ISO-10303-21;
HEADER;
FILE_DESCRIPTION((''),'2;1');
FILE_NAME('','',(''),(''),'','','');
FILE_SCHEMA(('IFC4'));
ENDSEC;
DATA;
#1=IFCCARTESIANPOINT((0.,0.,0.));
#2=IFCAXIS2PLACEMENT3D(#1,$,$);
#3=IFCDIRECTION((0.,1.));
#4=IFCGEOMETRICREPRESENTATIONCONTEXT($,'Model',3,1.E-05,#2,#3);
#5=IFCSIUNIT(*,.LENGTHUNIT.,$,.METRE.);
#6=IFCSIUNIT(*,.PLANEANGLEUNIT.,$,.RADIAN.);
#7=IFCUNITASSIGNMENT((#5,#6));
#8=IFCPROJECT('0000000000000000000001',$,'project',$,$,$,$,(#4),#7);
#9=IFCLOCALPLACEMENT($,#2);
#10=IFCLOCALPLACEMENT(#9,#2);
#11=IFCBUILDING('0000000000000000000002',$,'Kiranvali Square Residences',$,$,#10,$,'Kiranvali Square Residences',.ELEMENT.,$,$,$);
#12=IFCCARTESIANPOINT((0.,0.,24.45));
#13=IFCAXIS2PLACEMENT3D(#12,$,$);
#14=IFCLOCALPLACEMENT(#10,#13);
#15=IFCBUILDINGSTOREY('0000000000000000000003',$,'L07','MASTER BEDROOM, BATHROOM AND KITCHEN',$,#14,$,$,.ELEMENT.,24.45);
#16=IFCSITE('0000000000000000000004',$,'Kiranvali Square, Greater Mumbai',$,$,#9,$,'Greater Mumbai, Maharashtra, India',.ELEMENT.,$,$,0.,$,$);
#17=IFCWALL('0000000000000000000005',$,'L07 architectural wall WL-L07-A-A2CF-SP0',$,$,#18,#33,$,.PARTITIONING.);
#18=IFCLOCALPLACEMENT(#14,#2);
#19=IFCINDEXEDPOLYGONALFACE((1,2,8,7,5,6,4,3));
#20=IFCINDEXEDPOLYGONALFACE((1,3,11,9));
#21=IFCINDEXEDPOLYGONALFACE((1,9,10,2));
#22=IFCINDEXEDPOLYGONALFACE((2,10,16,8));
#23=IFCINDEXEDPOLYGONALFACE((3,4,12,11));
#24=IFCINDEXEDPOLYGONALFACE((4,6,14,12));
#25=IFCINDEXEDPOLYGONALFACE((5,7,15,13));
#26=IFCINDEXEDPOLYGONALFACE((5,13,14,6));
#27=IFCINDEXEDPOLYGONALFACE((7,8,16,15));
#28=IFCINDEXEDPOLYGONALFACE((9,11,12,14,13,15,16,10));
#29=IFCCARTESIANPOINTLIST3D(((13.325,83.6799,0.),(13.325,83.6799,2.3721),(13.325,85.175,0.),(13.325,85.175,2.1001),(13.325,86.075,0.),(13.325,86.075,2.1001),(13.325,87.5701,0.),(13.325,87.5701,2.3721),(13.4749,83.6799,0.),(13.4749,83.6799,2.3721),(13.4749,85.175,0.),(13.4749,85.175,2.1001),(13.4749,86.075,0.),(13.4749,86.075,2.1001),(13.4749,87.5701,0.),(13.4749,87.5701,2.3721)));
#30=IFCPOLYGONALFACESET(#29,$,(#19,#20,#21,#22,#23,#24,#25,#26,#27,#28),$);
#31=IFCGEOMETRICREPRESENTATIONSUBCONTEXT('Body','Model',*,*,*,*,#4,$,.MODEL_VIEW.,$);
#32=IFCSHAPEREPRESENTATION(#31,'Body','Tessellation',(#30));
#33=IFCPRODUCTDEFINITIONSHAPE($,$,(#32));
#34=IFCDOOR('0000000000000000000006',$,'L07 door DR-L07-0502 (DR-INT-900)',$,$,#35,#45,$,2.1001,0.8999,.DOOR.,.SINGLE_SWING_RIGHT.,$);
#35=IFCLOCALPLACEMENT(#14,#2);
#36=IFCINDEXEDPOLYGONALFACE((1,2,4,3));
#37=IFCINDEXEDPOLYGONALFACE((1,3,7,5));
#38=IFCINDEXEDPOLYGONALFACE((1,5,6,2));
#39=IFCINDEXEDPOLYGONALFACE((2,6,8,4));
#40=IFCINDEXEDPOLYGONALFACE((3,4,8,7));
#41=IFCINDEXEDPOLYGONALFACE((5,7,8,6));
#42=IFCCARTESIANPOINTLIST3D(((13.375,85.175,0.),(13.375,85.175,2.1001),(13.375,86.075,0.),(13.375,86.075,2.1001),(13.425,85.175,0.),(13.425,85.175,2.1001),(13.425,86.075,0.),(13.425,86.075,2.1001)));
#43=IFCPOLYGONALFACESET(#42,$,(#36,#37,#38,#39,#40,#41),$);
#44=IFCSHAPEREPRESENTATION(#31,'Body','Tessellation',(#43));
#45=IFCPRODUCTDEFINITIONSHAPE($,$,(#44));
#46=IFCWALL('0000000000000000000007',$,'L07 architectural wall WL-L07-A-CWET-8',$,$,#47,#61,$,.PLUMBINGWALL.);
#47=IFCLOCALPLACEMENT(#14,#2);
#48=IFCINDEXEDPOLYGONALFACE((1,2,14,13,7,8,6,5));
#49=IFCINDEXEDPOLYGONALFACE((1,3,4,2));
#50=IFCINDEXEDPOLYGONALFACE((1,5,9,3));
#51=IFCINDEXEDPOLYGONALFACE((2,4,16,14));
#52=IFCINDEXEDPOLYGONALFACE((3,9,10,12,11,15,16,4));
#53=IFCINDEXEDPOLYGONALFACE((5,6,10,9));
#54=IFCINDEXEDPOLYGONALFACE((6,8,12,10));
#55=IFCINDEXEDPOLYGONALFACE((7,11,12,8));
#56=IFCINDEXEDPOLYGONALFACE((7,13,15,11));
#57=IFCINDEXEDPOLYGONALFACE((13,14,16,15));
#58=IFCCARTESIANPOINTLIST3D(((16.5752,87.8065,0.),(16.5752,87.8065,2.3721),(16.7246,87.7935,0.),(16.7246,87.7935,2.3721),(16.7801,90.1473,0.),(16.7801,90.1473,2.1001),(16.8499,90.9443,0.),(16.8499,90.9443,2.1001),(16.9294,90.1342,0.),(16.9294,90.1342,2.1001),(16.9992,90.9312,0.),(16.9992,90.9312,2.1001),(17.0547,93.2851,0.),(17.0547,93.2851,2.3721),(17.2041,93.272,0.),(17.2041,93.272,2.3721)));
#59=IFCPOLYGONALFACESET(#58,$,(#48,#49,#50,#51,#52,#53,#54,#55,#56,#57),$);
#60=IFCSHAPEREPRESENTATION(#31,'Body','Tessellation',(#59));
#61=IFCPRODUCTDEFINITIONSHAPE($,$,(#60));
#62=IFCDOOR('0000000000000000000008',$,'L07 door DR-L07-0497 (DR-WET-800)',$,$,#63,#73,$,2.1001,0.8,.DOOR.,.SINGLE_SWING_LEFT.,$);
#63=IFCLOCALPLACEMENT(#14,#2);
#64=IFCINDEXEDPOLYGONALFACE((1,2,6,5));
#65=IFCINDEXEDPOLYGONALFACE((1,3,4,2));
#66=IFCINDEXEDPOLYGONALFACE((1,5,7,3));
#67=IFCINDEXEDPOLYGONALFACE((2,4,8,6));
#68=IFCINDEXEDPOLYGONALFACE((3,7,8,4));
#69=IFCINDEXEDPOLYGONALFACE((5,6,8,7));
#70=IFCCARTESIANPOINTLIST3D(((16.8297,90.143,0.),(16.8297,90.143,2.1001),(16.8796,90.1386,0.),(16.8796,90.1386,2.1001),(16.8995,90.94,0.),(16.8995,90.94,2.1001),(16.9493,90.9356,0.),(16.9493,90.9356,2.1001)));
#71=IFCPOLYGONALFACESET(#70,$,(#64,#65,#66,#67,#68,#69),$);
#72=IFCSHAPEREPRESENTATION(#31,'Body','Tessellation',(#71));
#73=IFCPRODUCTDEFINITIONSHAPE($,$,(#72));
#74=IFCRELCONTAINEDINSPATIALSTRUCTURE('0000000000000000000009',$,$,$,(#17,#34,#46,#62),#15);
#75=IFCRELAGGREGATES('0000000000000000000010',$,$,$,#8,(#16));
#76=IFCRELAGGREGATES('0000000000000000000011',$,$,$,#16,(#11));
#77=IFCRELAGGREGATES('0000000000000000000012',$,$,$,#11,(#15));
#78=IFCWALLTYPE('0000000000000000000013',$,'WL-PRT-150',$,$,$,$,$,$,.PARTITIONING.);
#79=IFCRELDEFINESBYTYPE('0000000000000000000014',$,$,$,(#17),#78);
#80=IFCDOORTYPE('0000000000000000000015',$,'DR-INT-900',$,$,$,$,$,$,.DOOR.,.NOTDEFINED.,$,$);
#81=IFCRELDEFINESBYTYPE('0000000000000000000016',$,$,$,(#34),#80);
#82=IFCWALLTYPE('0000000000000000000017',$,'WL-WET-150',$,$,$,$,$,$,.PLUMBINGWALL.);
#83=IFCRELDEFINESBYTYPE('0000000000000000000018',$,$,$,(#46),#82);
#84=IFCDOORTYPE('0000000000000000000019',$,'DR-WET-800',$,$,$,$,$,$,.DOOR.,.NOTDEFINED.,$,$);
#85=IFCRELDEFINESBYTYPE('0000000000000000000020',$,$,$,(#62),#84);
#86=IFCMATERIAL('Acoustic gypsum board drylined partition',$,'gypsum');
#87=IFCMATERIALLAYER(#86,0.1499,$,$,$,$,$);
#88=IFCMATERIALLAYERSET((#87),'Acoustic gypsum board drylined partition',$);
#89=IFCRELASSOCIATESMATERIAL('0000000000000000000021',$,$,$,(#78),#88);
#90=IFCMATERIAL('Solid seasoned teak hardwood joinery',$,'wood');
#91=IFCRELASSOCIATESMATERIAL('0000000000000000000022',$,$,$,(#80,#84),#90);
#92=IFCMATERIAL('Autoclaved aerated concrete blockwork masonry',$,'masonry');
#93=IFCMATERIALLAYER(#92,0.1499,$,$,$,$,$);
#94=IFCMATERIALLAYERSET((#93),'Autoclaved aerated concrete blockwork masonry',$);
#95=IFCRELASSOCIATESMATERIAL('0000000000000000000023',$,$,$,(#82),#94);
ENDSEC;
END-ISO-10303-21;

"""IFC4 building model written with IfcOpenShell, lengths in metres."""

from ifc_helpers import new_model, si_unit, direction, frame, frame_2d, origin, place, context, subcontext, project, spatial, rectangle, extrude, material, layer, layer_set, type_object, element, fill, save


model = new_model("IFC4")

# Units and contexts
model_context = context("Model", 3, precision=1e-05, world=origin(), true_north=direction((0.0, 1.0)))
body_context = subcontext(model_context, "Body", "Model", "MODEL_VIEW")
ifc_project = project(units=[si_unit("LENGTHUNIT", "METRE"), si_unit("PLANEANGLEUNIT", "RADIAN")], contexts=[model_context])

# Site, building, storey
site_placement = place(None, origin())
site = spatial("IfcSite", under=ifc_project, at=site_placement, Name="Kiranvali Square, Greater Mumbai", LongName="Greater Mumbai, Maharashtra, India", CompositionType="ELEMENT", RefElevation=0.0)
building_placement = place(site_placement, origin())
building = spatial("IfcBuilding", under=site, at=building_placement, Name="Kiranvali Square Residences", LongName="Kiranvali Square Residences", CompositionType="ELEMENT")
storey_placement = place(building_placement, frame((0.0, 0.0, 24.45)))
storey = spatial("IfcBuildingStorey", under=building, at=storey_placement, Name="L07", Description="MASTER BEDROOM, BATHROOM AND KITCHEN", CompositionType="ELEMENT", Elevation=24.45)

# Shared definitions
ifc_material_1 = material(Name="Autoclaved aerated concrete blockwork masonry", Category="masonry")

# Walls, openings, doors
ifc_material_2 = material(Name="Acoustic gypsum board drylined partition", Category="gypsum")
ifc_layer_1 = layer(ifc_material_2, 0.1499)
ifc_layer_set_1 = layer_set([ifc_layer_1], Name="Acoustic gypsum board drylined partition")
wall_type_1 = type_object("IfcWallType", Name="WL-PRT-150", PredefinedType="PARTITIONING", material=ifc_layer_set_1)
wall_1_placement = place(storey_placement, frame((13.3999, 87.5701, 0.0), z_axis=(0.0, 0.0, 1.0), x_axis=(0.0, -1.0, 0.0)))
wall_1 = element("IfcWall", 1, at=wall_1_placement, inside=storey, type_object=wall_type_1, Name="L07 architectural wall WL-L07-A-A2CF-SP0", PredefinedType="PARTITIONING", context=body_context, shape_type="SweptSolid", body=[
    extrude(rectangle(XDim=3.8901, YDim=0.1499, at=frame_2d((1.9451, 0.0))), origin(), (0.0, 0.0, 1.0), 2.3721),
])
opening_1_placement = place(wall_1_placement, frame((1.4951, 0.0, 0.0)))
opening_1 = element("IfcOpeningElement", 2, at=opening_1_placement, cuts=wall_1, PredefinedType="OPENING", context=body_context, shape_type="SweptSolid", body=[
    extrude(rectangle(XDim=0.8999, YDim=2.1001, at=frame_2d((0.45, 1.05))), frame((0.0, 0.085, 0.0), z_axis=(0.0, -1.0, 0.0), x_axis=(1.0, 0.0, 0.0)), (0.0, 0.0, 1.0), 0.1699),
])
ifc_material_3 = material(Name="Solid seasoned teak hardwood joinery", Category="wood")
door_type_1 = type_object("IfcDoorType", Name="DR-INT-900", OperationType="NOTDEFINED", PredefinedType="DOOR", material=ifc_material_3)
door_1_placement = place(opening_1_placement, frame((0.8999, 0.0, 0.0), z_axis=(0.0, 0.0, 1.0), x_axis=(-1.0, 0.0, 0.0)))
door_1 = element("IfcDoor", 3, at=door_1_placement, inside=storey, type_object=door_type_1, Name="L07 door DR-L07-0502 (DR-INT-900)", OperationType="SINGLE_SWING_RIGHT", OverallHeight=2.1001, OverallWidth=0.8999, PredefinedType="DOOR", context=body_context, shape_type="SweptSolid", body=[
    extrude(rectangle(XDim=0.8999, YDim=2.1001, at=frame_2d((0.45, 1.05))), frame((0.0, 0.0249, 0.0), z_axis=(0.0, -1.0, 0.0), x_axis=(1.0, 0.0, 0.0)), (0.0, 0.0, 1.0), 0.05),
])
fill(opening_1, door_1)
ifc_layer_2 = layer(ifc_material_1, 0.1499)
ifc_layer_set_2 = layer_set([ifc_layer_2], Name="Autoclaved aerated concrete blockwork masonry")
wall_type_2 = type_object("IfcWallType", Name="WL-WET-150", PredefinedType="PLUMBINGWALL", material=ifc_layer_set_2)
wall_2_placement = place(storey_placement, frame((17.1294, 93.2786, 0.0), z_axis=(0.0, 0.0, 1.0), x_axis=(-0.087189, -0.996192, 0.0)))
wall_2 = element("IfcWall", 4, at=wall_2_placement, inside=storey, type_object=wall_type_2, Name="L07 architectural wall WL-L07-A-CWET-8", PredefinedType="PLUMBINGWALL", context=body_context, shape_type="SweptSolid", body=[
    extrude(rectangle(XDim=5.4995, YDim=0.1499, at=frame_2d((2.7498, 0.0))), origin(), (0.0, 0.0, 1.0), 2.3721),
])
opening_2_placement = place(wall_2_placement, frame((2.3499, 0.0, 0.0)))
opening_2 = element("IfcOpeningElement", 5, at=opening_2_placement, cuts=wall_2, PredefinedType="OPENING", context=body_context, shape_type="SweptSolid", body=[
    extrude(rectangle(XDim=0.8, YDim=2.1001, at=frame_2d((0.3999, 1.05))), frame((0.0, 0.085, 0.0), z_axis=(0.0, -1.0, 0.0), x_axis=(1.0, 0.0, 0.0)), (0.0, 0.0, 1.0), 0.1699),
])
door_type_2 = type_object("IfcDoorType", Name="DR-WET-800", OperationType="NOTDEFINED", PredefinedType="DOOR", material=ifc_material_3)
door_2_placement = place(opening_2_placement, origin())
door_2 = element("IfcDoor", 6, at=door_2_placement, inside=storey, type_object=door_type_2, Name="L07 door DR-L07-0497 (DR-WET-800)", OperationType="SINGLE_SWING_LEFT", OverallHeight=2.1001, OverallWidth=0.8, PredefinedType="DOOR", context=body_context, shape_type="SweptSolid", body=[
    extrude(rectangle(XDim=0.8, YDim=2.1001, at=frame_2d((0.3999, 1.05))), frame((0.0, 0.0249, 0.0), z_axis=(0.0, -1.0, 0.0), x_axis=(1.0, 0.0, 0.0)), (0.0, 0.0, 1.0), 0.05),
])
fill(opening_2, door_2)

save(model, "model.ifc")
